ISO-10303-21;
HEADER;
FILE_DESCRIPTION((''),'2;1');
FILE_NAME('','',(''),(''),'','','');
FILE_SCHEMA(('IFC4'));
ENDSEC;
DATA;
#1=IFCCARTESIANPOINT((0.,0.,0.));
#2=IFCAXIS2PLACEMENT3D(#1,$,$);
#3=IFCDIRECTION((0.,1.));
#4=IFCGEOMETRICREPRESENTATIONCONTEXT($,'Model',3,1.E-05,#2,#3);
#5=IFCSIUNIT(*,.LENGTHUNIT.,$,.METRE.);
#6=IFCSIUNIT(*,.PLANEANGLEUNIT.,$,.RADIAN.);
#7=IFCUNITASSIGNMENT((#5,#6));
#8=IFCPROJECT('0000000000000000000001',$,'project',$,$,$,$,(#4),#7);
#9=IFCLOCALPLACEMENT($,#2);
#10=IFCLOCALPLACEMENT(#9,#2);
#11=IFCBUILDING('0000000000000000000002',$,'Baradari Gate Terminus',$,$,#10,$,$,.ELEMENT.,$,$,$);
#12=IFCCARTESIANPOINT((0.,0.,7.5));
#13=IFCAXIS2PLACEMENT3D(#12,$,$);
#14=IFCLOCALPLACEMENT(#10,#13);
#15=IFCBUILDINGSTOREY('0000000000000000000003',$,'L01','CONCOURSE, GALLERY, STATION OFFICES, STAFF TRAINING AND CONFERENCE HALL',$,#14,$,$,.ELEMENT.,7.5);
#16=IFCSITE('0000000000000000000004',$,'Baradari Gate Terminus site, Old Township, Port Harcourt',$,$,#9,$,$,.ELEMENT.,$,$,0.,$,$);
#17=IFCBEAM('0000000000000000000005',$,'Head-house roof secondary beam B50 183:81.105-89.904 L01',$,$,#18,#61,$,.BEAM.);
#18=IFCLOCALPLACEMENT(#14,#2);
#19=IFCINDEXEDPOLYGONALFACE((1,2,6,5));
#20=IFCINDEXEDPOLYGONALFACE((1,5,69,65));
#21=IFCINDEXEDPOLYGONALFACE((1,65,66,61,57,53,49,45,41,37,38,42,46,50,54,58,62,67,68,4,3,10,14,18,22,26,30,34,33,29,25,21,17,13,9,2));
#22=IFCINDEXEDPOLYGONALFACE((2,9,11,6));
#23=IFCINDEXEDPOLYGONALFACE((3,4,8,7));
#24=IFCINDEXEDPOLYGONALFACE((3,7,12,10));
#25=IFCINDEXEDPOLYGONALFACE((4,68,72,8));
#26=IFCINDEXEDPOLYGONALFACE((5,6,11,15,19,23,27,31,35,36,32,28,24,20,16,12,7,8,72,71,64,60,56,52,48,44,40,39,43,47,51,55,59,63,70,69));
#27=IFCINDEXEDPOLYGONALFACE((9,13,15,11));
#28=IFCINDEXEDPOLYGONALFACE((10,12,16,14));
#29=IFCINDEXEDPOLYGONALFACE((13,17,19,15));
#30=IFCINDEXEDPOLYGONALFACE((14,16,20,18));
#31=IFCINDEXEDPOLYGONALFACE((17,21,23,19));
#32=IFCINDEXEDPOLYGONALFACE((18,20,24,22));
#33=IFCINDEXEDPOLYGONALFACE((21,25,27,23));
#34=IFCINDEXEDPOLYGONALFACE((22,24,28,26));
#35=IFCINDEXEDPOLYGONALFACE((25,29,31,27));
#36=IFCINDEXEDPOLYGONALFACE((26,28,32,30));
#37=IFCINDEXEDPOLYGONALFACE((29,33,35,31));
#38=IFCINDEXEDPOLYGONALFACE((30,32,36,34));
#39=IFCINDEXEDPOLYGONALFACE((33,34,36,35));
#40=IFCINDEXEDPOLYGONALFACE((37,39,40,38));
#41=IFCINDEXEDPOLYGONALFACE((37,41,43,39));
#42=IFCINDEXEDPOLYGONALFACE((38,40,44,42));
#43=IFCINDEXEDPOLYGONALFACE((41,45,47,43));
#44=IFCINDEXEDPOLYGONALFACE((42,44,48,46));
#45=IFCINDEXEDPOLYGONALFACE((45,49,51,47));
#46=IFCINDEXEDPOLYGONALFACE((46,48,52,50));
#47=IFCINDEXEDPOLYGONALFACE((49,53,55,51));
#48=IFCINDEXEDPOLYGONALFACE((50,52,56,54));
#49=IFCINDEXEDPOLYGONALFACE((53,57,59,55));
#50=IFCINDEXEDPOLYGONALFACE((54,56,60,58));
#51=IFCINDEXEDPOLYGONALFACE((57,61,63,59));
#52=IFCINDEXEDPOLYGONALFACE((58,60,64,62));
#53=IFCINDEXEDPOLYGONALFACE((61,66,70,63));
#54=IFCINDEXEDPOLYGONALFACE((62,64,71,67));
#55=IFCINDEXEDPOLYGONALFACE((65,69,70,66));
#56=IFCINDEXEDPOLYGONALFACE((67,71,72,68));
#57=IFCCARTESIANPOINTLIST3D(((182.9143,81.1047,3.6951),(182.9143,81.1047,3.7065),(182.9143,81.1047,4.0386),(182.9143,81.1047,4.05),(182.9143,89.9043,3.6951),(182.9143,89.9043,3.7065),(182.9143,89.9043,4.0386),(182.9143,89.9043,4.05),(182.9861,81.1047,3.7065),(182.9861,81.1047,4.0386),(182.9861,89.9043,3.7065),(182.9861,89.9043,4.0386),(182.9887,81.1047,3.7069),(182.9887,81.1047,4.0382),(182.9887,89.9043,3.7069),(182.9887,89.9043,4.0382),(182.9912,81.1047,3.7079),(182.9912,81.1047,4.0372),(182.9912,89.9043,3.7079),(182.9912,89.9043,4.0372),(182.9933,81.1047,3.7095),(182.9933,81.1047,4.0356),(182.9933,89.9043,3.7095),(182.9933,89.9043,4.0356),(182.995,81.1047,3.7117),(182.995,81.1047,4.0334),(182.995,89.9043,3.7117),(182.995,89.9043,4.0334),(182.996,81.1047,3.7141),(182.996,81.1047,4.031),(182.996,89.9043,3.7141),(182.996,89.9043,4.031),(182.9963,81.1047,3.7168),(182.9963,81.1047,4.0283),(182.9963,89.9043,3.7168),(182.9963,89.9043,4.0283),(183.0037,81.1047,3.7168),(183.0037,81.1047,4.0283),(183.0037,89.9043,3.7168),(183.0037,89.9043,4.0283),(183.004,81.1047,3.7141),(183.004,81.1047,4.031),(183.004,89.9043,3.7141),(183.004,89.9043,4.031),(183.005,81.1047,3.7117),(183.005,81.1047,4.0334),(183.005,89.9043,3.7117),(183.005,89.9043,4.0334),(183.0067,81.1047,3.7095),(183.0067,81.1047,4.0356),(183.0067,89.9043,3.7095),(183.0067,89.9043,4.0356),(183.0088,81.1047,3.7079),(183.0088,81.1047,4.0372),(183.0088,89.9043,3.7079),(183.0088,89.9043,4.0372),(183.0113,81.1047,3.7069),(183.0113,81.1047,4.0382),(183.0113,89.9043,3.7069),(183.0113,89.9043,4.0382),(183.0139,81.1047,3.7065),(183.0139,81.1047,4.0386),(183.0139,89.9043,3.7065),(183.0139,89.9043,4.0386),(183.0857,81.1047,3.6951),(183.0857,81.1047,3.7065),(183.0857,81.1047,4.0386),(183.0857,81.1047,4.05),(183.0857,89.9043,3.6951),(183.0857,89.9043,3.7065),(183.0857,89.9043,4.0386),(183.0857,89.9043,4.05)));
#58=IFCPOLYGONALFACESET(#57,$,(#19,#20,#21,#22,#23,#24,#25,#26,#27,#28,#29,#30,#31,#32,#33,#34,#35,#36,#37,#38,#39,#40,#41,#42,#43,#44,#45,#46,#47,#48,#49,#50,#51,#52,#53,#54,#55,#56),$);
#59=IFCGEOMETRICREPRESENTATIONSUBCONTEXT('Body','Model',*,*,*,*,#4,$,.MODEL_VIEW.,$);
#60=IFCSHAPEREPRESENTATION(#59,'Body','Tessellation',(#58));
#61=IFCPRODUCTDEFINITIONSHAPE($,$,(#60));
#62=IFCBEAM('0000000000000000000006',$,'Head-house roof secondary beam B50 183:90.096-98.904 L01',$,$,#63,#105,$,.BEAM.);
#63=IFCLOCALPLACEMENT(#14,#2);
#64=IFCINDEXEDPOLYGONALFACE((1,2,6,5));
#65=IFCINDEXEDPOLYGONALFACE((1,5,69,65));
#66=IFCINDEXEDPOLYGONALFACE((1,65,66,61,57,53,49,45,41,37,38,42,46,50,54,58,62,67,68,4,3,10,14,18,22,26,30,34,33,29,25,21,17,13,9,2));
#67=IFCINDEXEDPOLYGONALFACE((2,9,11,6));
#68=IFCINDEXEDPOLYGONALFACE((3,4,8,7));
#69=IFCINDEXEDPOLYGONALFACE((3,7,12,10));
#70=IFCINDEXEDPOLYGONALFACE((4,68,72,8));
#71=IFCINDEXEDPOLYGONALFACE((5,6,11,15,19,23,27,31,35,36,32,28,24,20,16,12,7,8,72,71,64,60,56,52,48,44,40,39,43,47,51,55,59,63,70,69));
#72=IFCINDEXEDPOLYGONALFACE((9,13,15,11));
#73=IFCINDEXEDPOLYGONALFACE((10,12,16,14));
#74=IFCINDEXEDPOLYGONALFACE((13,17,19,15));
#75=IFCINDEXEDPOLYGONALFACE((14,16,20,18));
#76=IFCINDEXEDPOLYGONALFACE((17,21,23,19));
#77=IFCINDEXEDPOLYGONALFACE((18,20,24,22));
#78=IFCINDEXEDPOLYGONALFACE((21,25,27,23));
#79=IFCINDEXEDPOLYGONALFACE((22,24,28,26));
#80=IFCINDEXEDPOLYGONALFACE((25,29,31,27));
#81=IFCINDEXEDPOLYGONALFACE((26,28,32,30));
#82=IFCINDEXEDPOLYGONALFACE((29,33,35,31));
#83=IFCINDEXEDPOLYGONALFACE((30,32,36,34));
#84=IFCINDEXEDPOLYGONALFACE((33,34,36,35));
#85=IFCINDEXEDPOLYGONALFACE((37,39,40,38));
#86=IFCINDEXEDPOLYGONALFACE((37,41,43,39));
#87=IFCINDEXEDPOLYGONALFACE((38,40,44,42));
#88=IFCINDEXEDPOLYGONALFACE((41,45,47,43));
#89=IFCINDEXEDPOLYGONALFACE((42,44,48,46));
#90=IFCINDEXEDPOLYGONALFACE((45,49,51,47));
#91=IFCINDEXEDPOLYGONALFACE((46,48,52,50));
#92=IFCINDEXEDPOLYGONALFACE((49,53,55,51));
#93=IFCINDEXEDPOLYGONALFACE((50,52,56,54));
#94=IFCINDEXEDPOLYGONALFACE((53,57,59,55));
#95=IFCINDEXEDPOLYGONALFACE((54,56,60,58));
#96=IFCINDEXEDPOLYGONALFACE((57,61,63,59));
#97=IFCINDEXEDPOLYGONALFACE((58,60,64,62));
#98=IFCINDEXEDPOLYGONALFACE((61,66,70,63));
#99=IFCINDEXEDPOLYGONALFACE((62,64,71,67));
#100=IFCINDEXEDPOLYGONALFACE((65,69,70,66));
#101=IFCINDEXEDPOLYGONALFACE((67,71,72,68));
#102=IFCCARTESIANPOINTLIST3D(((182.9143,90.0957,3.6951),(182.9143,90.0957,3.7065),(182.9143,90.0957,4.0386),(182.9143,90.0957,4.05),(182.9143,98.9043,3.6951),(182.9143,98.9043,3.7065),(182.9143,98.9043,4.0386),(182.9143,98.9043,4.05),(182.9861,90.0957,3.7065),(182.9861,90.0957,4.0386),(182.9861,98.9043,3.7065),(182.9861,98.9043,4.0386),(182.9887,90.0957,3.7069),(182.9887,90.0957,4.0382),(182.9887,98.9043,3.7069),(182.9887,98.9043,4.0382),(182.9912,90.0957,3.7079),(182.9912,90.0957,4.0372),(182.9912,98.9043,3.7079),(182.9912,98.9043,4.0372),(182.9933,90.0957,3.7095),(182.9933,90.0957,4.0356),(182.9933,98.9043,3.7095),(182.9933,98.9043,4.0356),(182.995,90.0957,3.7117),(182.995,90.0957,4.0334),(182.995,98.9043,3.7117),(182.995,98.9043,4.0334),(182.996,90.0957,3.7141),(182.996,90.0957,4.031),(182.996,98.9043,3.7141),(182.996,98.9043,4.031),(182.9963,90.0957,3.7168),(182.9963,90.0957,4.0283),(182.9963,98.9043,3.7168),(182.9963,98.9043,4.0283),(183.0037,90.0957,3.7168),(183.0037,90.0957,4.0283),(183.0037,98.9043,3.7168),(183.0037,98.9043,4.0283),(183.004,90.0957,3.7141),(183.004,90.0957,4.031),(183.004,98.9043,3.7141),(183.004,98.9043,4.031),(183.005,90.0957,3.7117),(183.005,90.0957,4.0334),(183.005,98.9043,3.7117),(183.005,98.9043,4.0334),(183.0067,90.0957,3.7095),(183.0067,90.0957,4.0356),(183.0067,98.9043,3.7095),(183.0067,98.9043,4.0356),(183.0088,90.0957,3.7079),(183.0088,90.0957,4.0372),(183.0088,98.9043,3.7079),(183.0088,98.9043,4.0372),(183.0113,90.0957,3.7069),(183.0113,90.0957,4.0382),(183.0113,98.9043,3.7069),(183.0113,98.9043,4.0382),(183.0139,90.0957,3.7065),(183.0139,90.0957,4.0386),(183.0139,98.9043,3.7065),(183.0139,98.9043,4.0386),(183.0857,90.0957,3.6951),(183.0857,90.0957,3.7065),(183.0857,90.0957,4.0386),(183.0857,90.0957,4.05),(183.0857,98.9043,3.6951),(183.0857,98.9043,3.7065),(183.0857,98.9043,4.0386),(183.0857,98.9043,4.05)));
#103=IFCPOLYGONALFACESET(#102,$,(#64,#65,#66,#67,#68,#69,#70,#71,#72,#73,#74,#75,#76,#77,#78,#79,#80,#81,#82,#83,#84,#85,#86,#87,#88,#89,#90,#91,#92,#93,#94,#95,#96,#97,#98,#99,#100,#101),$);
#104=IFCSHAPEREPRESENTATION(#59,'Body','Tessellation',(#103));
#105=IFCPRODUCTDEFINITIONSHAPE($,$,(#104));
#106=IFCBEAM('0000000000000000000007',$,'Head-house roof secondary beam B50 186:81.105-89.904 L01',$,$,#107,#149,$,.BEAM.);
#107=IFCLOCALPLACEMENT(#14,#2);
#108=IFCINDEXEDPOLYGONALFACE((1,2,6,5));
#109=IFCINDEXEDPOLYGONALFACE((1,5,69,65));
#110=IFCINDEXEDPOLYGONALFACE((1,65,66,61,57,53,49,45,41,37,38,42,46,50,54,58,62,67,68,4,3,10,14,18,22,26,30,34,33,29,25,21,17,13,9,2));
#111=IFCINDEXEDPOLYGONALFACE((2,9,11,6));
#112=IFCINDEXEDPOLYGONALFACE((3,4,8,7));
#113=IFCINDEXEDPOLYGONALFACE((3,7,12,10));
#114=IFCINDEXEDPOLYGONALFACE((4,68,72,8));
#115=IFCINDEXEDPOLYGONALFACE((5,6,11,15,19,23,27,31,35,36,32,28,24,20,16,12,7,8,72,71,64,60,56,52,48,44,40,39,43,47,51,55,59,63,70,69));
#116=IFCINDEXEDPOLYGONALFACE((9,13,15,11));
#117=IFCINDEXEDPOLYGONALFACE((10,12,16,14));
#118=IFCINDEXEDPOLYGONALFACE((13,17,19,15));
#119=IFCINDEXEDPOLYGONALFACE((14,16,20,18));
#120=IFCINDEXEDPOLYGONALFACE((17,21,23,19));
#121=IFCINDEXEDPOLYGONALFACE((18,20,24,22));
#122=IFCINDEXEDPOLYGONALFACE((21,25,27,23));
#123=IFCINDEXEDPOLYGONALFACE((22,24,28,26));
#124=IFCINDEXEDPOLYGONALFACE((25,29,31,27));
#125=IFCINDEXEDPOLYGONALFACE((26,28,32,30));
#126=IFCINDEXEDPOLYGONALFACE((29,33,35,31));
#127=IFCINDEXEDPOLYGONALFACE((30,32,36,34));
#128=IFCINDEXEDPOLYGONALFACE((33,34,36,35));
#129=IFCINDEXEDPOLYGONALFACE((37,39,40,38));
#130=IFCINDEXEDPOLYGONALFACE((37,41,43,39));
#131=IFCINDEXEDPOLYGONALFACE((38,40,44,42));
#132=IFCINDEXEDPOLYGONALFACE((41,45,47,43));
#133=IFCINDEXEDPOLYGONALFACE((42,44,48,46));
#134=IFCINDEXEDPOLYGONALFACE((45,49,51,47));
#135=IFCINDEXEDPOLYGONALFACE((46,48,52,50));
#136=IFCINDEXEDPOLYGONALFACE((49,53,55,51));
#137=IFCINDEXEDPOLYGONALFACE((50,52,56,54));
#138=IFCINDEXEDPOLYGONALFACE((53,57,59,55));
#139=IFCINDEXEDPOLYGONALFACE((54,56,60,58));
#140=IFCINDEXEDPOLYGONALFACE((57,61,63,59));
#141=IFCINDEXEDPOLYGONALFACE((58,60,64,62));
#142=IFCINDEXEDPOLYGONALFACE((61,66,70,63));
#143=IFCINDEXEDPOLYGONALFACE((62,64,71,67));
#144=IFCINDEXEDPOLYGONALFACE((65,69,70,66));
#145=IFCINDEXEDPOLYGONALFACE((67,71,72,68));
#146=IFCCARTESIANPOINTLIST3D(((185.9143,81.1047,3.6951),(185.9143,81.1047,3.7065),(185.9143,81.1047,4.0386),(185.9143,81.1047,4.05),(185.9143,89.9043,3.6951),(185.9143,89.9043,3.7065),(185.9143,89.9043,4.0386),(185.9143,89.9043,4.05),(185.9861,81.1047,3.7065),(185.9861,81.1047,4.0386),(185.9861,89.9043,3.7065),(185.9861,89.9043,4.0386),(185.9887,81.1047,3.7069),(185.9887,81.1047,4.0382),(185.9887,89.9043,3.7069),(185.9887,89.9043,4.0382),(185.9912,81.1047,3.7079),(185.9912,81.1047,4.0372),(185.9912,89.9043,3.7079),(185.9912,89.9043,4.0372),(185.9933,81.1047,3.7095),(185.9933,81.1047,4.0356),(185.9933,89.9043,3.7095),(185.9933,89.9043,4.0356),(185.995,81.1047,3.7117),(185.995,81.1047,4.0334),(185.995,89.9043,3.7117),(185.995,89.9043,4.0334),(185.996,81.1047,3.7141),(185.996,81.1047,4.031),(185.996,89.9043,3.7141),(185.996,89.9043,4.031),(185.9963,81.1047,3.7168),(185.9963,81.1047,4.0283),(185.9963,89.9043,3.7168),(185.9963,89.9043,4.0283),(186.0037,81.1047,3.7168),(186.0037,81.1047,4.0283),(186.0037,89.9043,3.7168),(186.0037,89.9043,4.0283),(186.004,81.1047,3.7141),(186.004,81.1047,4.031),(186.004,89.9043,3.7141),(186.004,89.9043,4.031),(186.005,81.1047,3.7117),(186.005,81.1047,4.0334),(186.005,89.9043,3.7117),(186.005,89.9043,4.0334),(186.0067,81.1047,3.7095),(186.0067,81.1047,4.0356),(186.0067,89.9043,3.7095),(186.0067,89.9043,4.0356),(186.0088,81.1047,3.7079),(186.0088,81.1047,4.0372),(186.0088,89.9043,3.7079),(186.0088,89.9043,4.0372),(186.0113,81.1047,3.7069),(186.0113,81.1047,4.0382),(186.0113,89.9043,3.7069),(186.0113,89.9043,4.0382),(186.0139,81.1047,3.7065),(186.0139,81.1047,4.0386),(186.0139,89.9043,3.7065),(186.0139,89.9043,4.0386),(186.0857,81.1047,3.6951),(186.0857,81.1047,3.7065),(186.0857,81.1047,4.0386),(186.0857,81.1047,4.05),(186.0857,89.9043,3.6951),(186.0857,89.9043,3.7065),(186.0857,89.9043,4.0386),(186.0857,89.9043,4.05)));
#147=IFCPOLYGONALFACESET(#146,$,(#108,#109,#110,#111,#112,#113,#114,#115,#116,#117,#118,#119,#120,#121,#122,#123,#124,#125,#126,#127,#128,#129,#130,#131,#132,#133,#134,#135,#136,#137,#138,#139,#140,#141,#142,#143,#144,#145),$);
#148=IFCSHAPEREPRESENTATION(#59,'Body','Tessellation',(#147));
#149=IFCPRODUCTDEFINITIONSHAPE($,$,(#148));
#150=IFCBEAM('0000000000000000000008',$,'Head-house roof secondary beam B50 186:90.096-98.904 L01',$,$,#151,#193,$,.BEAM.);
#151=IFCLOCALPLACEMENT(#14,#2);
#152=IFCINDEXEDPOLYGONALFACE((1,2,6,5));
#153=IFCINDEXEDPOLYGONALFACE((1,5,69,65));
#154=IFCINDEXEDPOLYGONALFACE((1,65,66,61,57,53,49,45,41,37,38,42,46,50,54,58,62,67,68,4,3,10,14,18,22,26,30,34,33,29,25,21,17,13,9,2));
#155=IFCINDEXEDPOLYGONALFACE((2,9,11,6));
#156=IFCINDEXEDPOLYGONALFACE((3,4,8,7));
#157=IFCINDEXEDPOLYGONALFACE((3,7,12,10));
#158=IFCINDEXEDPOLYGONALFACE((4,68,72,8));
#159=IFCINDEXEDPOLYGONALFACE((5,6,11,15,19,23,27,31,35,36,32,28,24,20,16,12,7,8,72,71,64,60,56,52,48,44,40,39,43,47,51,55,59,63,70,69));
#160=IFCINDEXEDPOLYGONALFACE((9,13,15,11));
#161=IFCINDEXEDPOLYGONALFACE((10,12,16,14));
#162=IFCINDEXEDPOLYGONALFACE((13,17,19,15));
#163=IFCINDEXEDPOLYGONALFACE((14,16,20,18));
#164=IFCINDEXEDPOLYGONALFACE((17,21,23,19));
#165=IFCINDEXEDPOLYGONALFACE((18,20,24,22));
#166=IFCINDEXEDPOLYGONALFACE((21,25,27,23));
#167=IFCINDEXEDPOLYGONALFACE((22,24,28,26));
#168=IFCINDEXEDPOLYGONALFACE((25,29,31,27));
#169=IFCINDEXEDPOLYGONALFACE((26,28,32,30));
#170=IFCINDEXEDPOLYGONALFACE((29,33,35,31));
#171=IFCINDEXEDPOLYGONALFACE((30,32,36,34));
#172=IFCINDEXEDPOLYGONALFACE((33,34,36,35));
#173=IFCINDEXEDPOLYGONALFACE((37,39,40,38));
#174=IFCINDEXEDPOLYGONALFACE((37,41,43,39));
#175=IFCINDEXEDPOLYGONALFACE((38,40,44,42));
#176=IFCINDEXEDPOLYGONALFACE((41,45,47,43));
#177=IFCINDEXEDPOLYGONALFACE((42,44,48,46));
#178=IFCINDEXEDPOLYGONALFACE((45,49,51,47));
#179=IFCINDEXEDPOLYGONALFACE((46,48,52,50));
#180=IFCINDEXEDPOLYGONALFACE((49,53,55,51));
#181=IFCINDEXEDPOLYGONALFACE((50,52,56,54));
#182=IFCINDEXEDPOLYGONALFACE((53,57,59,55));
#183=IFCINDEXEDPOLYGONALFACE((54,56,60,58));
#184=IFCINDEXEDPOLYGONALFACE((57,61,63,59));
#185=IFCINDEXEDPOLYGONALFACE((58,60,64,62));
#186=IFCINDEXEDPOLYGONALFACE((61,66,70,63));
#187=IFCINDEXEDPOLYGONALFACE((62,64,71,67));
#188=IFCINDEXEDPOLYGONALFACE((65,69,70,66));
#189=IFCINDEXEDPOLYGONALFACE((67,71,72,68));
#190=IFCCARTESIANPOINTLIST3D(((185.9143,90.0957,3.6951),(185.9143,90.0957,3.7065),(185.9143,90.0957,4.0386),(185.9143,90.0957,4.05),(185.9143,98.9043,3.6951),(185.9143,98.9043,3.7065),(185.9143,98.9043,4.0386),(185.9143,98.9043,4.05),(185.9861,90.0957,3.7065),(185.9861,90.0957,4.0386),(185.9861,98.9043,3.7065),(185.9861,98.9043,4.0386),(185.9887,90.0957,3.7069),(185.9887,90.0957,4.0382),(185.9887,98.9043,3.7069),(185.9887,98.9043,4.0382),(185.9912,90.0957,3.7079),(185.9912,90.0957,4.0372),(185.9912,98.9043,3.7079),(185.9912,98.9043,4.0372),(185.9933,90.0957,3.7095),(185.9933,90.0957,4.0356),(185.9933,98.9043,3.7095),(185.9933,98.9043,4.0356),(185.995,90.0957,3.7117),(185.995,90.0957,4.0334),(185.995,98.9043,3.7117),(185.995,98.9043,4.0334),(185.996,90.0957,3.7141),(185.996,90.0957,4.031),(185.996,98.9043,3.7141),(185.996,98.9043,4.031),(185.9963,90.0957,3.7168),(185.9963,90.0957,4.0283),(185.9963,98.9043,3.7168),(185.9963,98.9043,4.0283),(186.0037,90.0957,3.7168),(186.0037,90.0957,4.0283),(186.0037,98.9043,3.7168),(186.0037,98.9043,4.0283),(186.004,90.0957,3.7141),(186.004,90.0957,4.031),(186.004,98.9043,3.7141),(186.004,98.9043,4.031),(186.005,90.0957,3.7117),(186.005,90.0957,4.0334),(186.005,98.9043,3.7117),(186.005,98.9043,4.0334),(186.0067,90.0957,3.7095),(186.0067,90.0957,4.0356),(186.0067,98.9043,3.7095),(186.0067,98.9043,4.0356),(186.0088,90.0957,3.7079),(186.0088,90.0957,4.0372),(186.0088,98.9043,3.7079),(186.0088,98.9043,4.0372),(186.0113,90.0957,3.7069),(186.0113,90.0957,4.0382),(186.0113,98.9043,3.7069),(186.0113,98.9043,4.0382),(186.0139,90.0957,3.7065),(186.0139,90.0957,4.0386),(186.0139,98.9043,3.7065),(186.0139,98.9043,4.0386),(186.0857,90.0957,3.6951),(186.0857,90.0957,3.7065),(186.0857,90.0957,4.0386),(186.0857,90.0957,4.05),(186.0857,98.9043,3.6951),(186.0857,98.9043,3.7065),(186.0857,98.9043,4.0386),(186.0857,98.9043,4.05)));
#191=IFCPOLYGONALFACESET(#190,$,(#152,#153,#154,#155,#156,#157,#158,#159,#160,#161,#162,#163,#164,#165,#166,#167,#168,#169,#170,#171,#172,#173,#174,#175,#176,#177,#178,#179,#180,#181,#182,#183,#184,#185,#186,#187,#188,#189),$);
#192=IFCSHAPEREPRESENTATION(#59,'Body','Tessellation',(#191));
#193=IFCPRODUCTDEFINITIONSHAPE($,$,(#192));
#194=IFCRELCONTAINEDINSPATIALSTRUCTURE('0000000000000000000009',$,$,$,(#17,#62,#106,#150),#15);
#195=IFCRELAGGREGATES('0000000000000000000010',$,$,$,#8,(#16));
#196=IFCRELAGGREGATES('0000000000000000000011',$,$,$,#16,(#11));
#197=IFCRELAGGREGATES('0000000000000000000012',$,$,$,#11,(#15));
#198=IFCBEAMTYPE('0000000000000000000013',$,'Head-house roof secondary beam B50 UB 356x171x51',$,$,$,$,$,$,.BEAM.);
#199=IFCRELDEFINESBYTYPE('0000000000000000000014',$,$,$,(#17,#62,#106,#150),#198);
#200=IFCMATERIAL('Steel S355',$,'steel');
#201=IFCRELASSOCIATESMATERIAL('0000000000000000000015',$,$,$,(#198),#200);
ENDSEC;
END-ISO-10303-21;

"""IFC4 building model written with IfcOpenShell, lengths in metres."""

from ifc_helpers import new_model, si_unit, direction, frame, origin, origin_2d, place, context, subcontext, project, spatial, i_section, extrude, material, material_profile, profile_set, type_object, element, save


model = new_model("IFC4")

# Units and contexts
model_context = context("Model", 3, precision=1e-05, world=origin(), true_north=direction((0.0, 1.0)))
body_context = subcontext(model_context, "Body", "Model", "MODEL_VIEW")
ifc_project = project(units=[si_unit("LENGTHUNIT", "METRE"), si_unit("PLANEANGLEUNIT", "RADIAN")], contexts=[model_context])

# Site, building, storey
site_placement = place(None, origin())
site = spatial("IfcSite", under=ifc_project, at=site_placement, Name="Baradari Gate Terminus site, Old Township, Port Harcourt", CompositionType="ELEMENT", RefElevation=0.0)
building_placement = place(site_placement, origin())
building = spatial("IfcBuilding", under=site, at=building_placement, Name="Baradari Gate Terminus", CompositionType="ELEMENT")
storey_placement = place(building_placement, frame((0.0, 0.0, 7.5)))
storey = spatial("IfcBuildingStorey", under=building, at=storey_placement, Name="L01", Description="CONCOURSE, GALLERY, STATION OFFICES, STAFF TRAINING AND CONFERENCE HALL", CompositionType="ELEMENT", Elevation=7.5)

# Beams
ifc_material_1 = material(Name="Steel S355", Category="steel")
ifc_material_profile_1 = material_profile(ifc_material_1, i_section(OverallWidth=0.1714, OverallDepth=0.355, WebThickness=0.0073, FlangeThickness=0.0115, FilletRadius=0.0103, at=origin_2d()), Name="UB 356x171x51")
ifc_profile_set_1 = profile_set([ifc_material_profile_1], Name="Steel S355")
beam_type_1 = type_object("IfcBeamType", Name="Head-house roof secondary beam B50 UB 356x171x51", PredefinedType="BEAM", material=ifc_profile_set_1)
beam_1_placement = place(storey_placement, frame((183.0, 81.1047, 3.8726), z_axis=(0.0, 1.0, 0.0), x_axis=(-1.0, 0.0, 0.0)))
element("IfcBeam", 1, at=beam_1_placement, inside=storey, type_object=beam_type_1, Name="Head-house roof secondary beam B50 183:81.105-89.904 L01", PredefinedType="BEAM", context=body_context, shape_type="SweptSolid", body=[
    extrude(i_section(OverallWidth=0.1714, OverallDepth=0.355, WebThickness=0.0073, FlangeThickness=0.0115, FilletRadius=0.0103, at=origin_2d()), origin(), (0.0, 0.0, 1.0), 8.7996),
])
beam_2_placement = place(storey_placement, frame((183.0, 90.0957, 3.8726), z_axis=(0.0, 1.0, 0.0), x_axis=(-1.0, 0.0, 0.0)))
element("IfcBeam", 2, at=beam_2_placement, inside=storey, type_object=beam_type_1, Name="Head-house roof secondary beam B50 183:90.096-98.904 L01", PredefinedType="BEAM", context=body_context, shape_type="SweptSolid", body=[
    extrude(i_section(OverallWidth=0.1714, OverallDepth=0.355, WebThickness=0.0073, FlangeThickness=0.0115, FilletRadius=0.0103, at=origin_2d()), origin(), (0.0, 0.0, 1.0), 8.8086),
])
beam_3_placement = place(storey_placement, frame((186.0, 81.1047, 3.8726), z_axis=(0.0, 1.0, 0.0), x_axis=(-1.0, 0.0, 0.0)))
element("IfcBeam", 3, at=beam_3_placement, inside=storey, type_object=beam_type_1, Name="Head-house roof secondary beam B50 186:81.105-89.904 L01", PredefinedType="BEAM", context=body_context, shape_type="SweptSolid", body=[
    extrude(i_section(OverallWidth=0.1714, OverallDepth=0.355, WebThickness=0.0073, FlangeThickness=0.0115, FilletRadius=0.0103, at=origin_2d()), origin(), (0.0, 0.0, 1.0), 8.7996),
])
beam_4_placement = place(storey_placement, frame((186.0, 90.0957, 3.8726), z_axis=(0.0, 1.0, 0.0), x_axis=(-1.0, 0.0, 0.0)))
element("IfcBeam", 4, at=beam_4_placement, inside=storey, type_object=beam_type_1, Name="Head-house roof secondary beam B50 186:90.096-98.904 L01", PredefinedType="BEAM", context=body_context, shape_type="SweptSolid", body=[
    extrude(i_section(OverallWidth=0.1714, OverallDepth=0.355, WebThickness=0.0073, FlangeThickness=0.0115, FilletRadius=0.0103, at=origin_2d()), origin(), (0.0, 0.0, 1.0), 8.8086),
])

save(model, "model.ifc")
